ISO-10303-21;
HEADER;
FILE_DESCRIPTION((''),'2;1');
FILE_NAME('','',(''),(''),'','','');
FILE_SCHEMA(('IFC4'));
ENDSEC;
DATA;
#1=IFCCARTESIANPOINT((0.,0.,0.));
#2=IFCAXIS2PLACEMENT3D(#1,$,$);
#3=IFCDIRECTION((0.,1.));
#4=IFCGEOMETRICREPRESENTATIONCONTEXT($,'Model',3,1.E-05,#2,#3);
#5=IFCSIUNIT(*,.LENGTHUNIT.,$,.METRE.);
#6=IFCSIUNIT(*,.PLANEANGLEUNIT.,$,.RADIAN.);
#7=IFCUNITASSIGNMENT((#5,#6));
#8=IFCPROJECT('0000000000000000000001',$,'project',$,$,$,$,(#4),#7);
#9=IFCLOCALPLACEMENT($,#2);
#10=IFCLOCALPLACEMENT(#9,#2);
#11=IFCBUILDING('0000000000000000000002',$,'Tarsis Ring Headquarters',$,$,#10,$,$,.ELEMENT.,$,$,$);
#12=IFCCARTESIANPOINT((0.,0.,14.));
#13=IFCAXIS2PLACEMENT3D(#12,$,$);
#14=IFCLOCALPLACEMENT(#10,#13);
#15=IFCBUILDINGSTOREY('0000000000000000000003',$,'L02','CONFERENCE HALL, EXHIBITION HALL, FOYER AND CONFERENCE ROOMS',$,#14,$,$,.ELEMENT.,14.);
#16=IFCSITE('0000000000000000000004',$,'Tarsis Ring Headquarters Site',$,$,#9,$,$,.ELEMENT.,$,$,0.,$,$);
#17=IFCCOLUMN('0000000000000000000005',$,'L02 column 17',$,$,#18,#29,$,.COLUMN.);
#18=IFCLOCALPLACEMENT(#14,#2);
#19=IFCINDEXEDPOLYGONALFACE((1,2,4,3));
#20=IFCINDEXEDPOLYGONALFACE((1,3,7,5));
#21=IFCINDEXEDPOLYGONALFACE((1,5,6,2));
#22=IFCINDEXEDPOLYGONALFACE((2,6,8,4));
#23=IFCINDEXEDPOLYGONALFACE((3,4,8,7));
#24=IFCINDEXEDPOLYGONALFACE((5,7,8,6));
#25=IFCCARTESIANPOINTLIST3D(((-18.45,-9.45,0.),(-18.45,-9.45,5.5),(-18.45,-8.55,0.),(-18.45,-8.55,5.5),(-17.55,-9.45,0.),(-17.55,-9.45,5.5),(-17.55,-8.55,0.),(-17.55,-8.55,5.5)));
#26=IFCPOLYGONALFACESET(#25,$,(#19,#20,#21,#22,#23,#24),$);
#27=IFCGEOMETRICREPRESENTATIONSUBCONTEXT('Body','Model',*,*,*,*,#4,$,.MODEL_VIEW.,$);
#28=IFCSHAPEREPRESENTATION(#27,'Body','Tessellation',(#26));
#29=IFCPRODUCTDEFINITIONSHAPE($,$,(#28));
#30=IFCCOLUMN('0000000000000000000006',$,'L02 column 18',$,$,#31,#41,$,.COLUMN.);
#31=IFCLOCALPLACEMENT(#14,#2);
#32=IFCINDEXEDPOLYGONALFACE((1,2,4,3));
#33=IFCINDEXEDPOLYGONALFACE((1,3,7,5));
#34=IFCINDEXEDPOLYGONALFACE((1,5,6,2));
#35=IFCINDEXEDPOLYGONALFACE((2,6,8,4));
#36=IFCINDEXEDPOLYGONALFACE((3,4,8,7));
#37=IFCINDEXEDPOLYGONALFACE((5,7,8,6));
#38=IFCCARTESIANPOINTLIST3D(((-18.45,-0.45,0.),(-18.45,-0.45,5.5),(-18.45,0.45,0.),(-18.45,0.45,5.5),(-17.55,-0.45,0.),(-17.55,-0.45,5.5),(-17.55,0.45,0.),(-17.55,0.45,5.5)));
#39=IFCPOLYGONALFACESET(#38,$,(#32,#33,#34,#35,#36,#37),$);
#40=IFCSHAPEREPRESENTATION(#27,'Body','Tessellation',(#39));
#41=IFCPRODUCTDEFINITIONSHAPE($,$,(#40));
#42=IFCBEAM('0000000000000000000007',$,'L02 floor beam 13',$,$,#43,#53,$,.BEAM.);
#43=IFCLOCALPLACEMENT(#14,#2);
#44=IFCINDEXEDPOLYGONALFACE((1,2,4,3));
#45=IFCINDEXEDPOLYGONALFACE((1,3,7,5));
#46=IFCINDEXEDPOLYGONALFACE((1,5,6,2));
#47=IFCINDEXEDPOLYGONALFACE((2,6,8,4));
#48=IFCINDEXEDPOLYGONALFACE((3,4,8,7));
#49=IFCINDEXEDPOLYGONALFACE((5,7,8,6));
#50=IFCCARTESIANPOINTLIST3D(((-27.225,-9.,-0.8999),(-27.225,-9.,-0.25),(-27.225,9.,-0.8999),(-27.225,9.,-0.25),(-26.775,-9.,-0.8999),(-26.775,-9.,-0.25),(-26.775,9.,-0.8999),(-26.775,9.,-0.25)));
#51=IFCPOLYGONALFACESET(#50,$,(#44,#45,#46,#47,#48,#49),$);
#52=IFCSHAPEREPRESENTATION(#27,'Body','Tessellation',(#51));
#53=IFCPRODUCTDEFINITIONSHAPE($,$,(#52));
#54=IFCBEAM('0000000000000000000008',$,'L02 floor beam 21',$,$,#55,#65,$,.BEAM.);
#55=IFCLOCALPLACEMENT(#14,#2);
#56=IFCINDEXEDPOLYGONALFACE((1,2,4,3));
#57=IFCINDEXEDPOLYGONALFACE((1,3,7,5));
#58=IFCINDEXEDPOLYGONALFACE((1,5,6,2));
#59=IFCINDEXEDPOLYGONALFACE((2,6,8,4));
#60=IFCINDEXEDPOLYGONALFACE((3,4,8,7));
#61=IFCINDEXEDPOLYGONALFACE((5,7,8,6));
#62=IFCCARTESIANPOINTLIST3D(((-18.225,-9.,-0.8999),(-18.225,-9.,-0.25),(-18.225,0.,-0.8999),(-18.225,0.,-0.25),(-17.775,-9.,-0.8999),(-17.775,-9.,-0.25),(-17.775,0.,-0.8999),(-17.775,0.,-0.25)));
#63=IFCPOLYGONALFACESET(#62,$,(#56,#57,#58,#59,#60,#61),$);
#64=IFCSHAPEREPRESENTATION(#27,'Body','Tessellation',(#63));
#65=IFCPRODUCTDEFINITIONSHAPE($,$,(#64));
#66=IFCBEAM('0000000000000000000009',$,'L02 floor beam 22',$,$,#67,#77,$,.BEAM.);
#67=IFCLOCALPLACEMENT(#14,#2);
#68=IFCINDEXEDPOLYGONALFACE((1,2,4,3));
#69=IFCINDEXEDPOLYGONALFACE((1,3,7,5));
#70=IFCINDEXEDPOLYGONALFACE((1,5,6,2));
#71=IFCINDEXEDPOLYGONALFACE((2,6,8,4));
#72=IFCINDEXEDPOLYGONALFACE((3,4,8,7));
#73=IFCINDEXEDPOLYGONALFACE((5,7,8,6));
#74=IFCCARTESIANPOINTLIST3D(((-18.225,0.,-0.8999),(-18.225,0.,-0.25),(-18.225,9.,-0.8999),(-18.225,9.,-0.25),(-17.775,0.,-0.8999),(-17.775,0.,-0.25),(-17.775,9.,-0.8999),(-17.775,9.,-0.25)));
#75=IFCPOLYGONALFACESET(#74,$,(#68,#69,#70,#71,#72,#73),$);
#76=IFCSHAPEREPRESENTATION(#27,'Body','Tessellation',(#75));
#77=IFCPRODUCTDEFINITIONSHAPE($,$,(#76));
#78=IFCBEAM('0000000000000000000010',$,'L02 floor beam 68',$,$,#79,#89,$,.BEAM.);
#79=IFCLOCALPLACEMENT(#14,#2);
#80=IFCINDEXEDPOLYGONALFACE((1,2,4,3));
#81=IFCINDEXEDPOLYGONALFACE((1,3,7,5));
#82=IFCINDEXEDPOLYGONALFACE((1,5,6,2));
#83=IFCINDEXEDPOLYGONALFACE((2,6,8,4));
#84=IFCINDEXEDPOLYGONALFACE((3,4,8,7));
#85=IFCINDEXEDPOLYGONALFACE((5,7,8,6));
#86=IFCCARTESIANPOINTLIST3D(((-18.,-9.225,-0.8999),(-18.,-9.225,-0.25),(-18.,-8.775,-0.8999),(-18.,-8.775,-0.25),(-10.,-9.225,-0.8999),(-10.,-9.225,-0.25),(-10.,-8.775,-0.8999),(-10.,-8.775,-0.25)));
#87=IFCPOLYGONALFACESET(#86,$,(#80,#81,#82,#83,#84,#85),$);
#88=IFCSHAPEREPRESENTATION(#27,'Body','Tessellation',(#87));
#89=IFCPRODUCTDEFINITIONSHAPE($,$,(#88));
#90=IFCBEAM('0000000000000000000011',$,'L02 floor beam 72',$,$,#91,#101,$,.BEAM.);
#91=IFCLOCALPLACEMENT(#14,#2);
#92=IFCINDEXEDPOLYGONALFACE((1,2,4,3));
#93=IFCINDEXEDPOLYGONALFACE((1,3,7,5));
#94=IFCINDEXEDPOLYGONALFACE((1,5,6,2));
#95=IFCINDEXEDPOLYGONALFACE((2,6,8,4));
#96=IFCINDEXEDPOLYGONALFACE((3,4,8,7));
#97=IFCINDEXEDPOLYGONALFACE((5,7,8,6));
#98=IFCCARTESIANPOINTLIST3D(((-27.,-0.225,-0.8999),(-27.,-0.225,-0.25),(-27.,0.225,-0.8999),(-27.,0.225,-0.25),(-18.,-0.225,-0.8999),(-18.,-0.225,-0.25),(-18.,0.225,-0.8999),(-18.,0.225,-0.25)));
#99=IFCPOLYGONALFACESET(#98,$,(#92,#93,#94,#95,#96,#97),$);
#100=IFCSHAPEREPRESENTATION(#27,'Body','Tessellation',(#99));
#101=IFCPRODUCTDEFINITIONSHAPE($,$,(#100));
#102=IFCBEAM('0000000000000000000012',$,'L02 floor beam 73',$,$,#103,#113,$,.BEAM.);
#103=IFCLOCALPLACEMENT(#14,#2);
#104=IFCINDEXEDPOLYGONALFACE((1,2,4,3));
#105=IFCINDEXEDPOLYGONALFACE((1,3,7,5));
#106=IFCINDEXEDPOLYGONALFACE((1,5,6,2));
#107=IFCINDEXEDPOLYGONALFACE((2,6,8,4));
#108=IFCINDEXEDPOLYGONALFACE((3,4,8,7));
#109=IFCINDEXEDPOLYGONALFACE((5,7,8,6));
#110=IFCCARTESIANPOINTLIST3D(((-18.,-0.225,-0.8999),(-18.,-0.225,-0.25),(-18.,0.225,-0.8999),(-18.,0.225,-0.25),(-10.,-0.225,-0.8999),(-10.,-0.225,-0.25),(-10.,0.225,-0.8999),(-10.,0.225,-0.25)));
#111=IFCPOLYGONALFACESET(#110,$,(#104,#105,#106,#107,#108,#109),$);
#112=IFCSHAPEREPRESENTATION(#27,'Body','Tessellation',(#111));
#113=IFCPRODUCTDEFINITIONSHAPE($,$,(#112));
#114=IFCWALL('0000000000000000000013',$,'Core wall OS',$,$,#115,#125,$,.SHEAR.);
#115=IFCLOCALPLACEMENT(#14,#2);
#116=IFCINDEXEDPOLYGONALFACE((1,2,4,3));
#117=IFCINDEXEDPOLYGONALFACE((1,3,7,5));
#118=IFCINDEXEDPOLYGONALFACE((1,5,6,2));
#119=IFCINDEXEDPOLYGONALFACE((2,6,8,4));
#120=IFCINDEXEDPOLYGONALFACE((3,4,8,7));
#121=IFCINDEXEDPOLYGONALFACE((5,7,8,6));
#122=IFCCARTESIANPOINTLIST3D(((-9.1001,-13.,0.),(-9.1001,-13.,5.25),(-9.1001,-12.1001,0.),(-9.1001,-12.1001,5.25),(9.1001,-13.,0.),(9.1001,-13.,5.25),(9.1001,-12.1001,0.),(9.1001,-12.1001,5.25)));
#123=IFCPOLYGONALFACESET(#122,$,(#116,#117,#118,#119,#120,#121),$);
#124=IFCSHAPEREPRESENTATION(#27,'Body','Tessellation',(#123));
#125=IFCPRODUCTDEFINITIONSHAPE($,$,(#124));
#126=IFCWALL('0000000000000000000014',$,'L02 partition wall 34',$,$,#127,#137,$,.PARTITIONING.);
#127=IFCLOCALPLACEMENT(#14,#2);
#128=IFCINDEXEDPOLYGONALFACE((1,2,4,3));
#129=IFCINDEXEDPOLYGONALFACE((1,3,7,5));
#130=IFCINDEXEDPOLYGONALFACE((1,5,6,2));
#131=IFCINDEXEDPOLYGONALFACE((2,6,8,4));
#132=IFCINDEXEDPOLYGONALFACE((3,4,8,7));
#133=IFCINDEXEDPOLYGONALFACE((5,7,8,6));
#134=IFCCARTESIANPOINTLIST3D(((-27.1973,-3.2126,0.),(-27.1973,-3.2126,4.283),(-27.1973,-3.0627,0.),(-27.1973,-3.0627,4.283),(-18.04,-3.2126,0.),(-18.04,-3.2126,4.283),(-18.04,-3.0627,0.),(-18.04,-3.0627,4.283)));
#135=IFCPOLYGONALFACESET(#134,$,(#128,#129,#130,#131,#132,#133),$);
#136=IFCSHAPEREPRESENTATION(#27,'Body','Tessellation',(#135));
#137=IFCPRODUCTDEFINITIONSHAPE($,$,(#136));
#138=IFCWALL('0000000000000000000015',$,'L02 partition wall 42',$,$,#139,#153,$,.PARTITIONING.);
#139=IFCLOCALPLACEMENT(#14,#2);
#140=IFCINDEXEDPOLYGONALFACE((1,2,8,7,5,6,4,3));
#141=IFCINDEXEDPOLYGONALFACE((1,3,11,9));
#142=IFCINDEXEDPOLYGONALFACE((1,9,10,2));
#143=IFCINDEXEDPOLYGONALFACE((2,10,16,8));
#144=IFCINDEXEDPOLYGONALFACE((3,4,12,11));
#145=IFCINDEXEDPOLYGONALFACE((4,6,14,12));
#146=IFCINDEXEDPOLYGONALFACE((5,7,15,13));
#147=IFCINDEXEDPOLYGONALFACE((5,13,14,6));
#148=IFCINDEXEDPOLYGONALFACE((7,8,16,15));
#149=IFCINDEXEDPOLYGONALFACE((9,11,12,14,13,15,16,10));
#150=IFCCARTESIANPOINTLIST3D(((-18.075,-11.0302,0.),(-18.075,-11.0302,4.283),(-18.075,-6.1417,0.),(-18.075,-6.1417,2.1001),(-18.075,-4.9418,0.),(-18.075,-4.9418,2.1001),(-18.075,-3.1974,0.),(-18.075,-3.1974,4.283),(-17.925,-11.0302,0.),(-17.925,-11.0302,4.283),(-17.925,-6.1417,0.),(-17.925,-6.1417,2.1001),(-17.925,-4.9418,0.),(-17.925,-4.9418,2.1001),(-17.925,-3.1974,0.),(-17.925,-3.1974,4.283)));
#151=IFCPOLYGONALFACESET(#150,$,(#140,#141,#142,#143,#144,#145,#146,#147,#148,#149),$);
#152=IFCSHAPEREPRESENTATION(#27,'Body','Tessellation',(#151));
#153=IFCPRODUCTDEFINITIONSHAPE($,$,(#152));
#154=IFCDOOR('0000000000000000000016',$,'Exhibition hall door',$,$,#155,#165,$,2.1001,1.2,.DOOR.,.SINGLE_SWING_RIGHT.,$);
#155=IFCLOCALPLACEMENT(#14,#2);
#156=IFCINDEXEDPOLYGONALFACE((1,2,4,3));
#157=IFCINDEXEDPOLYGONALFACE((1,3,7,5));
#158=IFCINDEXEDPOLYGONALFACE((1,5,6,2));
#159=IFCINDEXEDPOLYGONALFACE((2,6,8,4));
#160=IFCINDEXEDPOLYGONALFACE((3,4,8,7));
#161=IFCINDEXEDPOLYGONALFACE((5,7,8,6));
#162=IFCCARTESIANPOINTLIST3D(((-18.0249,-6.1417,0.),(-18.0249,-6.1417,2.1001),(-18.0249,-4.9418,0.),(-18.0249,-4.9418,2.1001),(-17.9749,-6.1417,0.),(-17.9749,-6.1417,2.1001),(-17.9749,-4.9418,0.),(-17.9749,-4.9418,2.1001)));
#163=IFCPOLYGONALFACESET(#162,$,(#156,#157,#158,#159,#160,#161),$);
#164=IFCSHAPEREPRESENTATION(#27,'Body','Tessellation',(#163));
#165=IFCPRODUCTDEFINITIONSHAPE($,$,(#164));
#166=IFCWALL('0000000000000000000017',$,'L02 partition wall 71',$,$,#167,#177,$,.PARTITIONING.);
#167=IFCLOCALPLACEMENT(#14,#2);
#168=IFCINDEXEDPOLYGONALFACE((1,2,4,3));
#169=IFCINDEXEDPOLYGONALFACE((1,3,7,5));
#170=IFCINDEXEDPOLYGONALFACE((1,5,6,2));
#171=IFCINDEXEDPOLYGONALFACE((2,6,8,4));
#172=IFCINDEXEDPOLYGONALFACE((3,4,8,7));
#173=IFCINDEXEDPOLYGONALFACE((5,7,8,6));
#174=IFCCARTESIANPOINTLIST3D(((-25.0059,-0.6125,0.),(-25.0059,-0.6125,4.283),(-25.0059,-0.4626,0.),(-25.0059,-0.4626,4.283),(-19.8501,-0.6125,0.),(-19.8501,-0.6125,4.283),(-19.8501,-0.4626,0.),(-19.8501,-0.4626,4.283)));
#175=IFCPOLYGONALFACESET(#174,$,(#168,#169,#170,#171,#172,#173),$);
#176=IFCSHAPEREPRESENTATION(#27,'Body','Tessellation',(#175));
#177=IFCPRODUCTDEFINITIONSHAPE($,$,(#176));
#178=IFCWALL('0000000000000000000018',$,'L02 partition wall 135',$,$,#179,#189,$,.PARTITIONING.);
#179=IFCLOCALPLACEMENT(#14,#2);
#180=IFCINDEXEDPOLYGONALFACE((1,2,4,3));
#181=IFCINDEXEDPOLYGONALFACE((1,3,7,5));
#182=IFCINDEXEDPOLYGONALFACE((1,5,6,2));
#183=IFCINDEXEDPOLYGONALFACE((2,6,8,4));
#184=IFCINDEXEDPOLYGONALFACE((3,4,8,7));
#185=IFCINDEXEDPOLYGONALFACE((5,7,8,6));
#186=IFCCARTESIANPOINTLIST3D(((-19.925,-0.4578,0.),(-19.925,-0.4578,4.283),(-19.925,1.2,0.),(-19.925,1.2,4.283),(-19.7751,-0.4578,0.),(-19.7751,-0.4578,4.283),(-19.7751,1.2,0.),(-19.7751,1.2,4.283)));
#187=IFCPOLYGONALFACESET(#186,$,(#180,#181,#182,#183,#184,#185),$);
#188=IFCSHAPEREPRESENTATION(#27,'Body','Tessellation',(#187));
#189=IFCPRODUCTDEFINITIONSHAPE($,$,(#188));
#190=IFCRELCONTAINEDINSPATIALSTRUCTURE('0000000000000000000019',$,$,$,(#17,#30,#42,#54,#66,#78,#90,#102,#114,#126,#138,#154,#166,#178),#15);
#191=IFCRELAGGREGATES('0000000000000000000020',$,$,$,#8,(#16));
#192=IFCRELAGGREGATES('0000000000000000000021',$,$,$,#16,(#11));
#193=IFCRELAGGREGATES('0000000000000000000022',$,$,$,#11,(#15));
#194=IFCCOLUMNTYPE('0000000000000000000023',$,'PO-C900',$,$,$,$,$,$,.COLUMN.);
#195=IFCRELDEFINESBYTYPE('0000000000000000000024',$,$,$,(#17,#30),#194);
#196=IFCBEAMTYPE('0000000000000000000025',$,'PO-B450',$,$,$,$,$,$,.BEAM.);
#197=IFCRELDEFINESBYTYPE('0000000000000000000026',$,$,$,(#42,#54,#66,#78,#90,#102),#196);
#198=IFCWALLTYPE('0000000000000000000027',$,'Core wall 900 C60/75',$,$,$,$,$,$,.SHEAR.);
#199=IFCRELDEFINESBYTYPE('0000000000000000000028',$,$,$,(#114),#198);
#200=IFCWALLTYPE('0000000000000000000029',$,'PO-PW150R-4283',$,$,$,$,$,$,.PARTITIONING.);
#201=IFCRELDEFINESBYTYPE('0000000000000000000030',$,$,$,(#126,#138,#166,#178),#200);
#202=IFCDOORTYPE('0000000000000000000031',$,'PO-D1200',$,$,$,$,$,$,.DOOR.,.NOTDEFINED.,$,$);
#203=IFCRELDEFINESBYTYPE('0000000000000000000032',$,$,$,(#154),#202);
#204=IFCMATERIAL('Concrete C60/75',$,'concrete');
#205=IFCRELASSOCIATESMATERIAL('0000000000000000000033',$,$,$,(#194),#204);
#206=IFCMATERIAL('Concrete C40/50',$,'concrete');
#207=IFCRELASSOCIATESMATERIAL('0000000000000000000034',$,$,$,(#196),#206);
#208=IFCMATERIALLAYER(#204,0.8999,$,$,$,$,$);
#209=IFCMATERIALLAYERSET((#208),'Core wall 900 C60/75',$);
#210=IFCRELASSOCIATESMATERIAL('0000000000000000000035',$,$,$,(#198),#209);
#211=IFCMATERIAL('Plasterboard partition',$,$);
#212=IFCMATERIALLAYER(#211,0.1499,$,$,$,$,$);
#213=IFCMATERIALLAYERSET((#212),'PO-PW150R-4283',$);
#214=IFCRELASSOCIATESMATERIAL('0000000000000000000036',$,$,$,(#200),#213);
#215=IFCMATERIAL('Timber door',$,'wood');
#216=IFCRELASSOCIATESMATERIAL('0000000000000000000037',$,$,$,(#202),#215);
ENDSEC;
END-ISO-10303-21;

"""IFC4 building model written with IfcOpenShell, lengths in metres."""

from ifc_helpers import new_model, si_unit, direction, frame, frame_2d, origin, origin_2d, place, context, subcontext, project, spatial, rectangle, extrude, material, layer, layer_set, material_profile, profile_set, type_object, element, fill, save


model = new_model("IFC4")

# Units and contexts
model_context = context("Model", 3, precision=1e-05, world=origin(), true_north=direction((0.0, 1.0)))
body_context = subcontext(model_context, "Body", "Model", "MODEL_VIEW")
ifc_project = project(units=[si_unit("LENGTHUNIT", "METRE"), si_unit("PLANEANGLEUNIT", "RADIAN")], contexts=[model_context])

# Site, building, storey
site_placement = place(None, origin())
site = spatial("IfcSite", under=ifc_project, at=site_placement, Name="Tarsis Ring Headquarters Site", CompositionType="ELEMENT", RefElevation=0.0)
building_placement = place(site_placement, origin())
building = spatial("IfcBuilding", under=site, at=building_placement, Name="Tarsis Ring Headquarters", CompositionType="ELEMENT")
storey_placement = place(building_placement, frame((0.0, 0.0, 14.0)))
storey = spatial("IfcBuildingStorey", under=building, at=storey_placement, Name="L02", Description="CONFERENCE HALL, EXHIBITION HALL, FOYER AND CONFERENCE ROOMS", CompositionType="ELEMENT", Elevation=14.0)

# Columns
ifc_material_1 = material(Name="Concrete C60/75", Category="concrete")
ifc_material_profile_1 = material_profile(ifc_material_1, rectangle(XDim=0.8999, YDim=0.8999, at=origin_2d()), Name="PO-C900")
ifc_profile_set_1 = profile_set([ifc_material_profile_1], Name="Concrete C60/75")
column_type = type_object("IfcColumnType", Name="PO-C900", PredefinedType="COLUMN", material=ifc_profile_set_1)
for number, where, z_axis, x_axis, name in (
    (1, (-18.0, -9.0, 0.0), (0.0, 0.0, 1.0), (1.0, 0.0, 0.0), "L02 column 17"),
    (2, (-18.0, 0.0, 0.0), (0.0, 0.0, 1.0), (1.0, 0.0, 0.0), "L02 column 18"),
):
    element("IfcColumn", number, at=place(storey_placement, frame(where, z_axis=z_axis, x_axis=x_axis)), inside=storey, type_object=column_type, Name=name, PredefinedType="COLUMN", context=body_context, shape_type="SweptSolid", body=[
        extrude(rectangle(XDim=0.8999, YDim=0.8999, at=origin_2d()), origin(), (0.0, 0.0, 1.0), 5.5),
    ])

# Beams
ifc_material_2 = material(Name="Concrete C40/50", Category="concrete")
ifc_material_profile_2 = material_profile(ifc_material_2, rectangle(XDim=0.45, YDim=0.6499, at=origin_2d()), Name="PO-B450")
ifc_profile_set_2 = profile_set([ifc_material_profile_2], Name="Concrete C40/50")
beam_type = type_object("IfcBeamType", Name="PO-B450", PredefinedType="BEAM", material=ifc_profile_set_2)
beam_1_placement = place(storey_placement, frame((-27.0, -9.0, -0.575), z_axis=(0.0, 1.0, 0.0), x_axis=(-1.0, 0.0, 0.0)))
element("IfcBeam", 3, at=beam_1_placement, inside=storey, type_object=beam_type, Name="L02 floor beam 13", PredefinedType="BEAM", context=body_context, shape_type="SweptSolid", body=[
    extrude(rectangle(XDim=0.45, YDim=0.6499, at=origin_2d()), origin(), (0.0, 0.0, 1.0), 18.0),
])
for number, where, z_axis, x_axis, name in (
    (4, (-18.0, -9.0, -0.575), (0.0, 1.0, 0.0), (-1.0, 0.0, 0.0), "L02 floor beam 21"),
    (5, (-18.0, 0.0, -0.575), (0.0, 1.0, 0.0), (-1.0, 0.0, 0.0), "L02 floor beam 22"),
):
    element("IfcBeam", number, at=place(storey_placement, frame(where, z_axis=z_axis, x_axis=x_axis)), inside=storey, type_object=beam_type, Name=name, PredefinedType="BEAM", context=body_context, shape_type="SweptSolid", body=[
        extrude(rectangle(XDim=0.45, YDim=0.6499, at=origin_2d()), origin(), (0.0, 0.0, 1.0), 9.0),
    ])
beam_2_placement = place(storey_placement, frame((-18.0, -9.0, -0.575), z_axis=(1.0, 0.0, 0.0), x_axis=(0.0, 1.0, 0.0)))
element("IfcBeam", 6, at=beam_2_placement, inside=storey, type_object=beam_type, Name="L02 floor beam 68", PredefinedType="BEAM", context=body_context, shape_type="SweptSolid", body=[
    extrude(rectangle(XDim=0.45, YDim=0.6499, at=origin_2d()), origin(), (0.0, 0.0, 1.0), 8.0),
])
beam_3_placement = place(storey_placement, frame((-27.0, 0.0, -0.575), z_axis=(1.0, 0.0, 0.0), x_axis=(0.0, 1.0, 0.0)))
element("IfcBeam", 7, at=beam_3_placement, inside=storey, type_object=beam_type, Name="L02 floor beam 72", PredefinedType="BEAM", context=body_context, shape_type="SweptSolid", body=[
    extrude(rectangle(XDim=0.45, YDim=0.6499, at=origin_2d()), origin(), (0.0, 0.0, 1.0), 9.0),
])
beam_4_placement = place(storey_placement, frame((-18.0, 0.0, -0.575), z_axis=(1.0, 0.0, 0.0), x_axis=(0.0, 1.0, 0.0)))
element("IfcBeam", 8, at=beam_4_placement, inside=storey, type_object=beam_type, Name="L02 floor beam 73", PredefinedType="BEAM", context=body_context, shape_type="SweptSolid", body=[
    extrude(rectangle(XDim=0.45, YDim=0.6499, at=origin_2d()), origin(), (0.0, 0.0, 1.0), 8.0),
])

# Walls
ifc_layer_1 = layer(ifc_material_1, 0.8999)
ifc_layer_set_1 = layer_set([ifc_layer_1], Name="Core wall 900 C60/75")
wall_type_1 = type_object("IfcWallType", Name="Core wall 900 C60/75", PredefinedType="SHEAR", material=ifc_layer_set_1)
wall_1_placement = place(storey_placement, frame((-9.1001, -12.55, 0.0), z_axis=(0.0, 0.0, 1.0), x_axis=(1.0, 0.0, 0.0)))
element("IfcWall", 9, at=wall_1_placement, inside=storey, type_object=wall_type_1, Name="Core wall OS", PredefinedType="SHEAR", context=body_context, shape_type="SweptSolid", body=[
    extrude(rectangle(XDim=18.2002, YDim=0.8999, at=frame_2d((9.1001, 0.0))), origin(), (0.0, 0.0, 1.0), 5.25),
])
ifc_material_3 = material(Name="Plasterboard partition")
ifc_layer_2 = layer(ifc_material_3, 0.1499)
ifc_layer_set_2 = layer_set([ifc_layer_2], Name="PO-PW150R-4283")
wall_type_2 = type_object("IfcWallType", Name="PO-PW150R-4283", PredefinedType="PARTITIONING", material=ifc_layer_set_2)
wall_2_placement = place(storey_placement, frame((-18.04, -3.1377, 0.0), z_axis=(0.0, 0.0, 1.0), x_axis=(-1.0, 0.0, 0.0)))
element("IfcWall", 10, at=wall_2_placement, inside=storey, type_object=wall_type_2, Name="L02 partition wall 34", PredefinedType="PARTITIONING", context=body_context, shape_type="SweptSolid", body=[
    extrude(rectangle(XDim=9.1572, YDim=0.1499, at=frame_2d((4.5786, 0.0))), origin(), (0.0, 0.0, 1.0), 4.283),
])

# Wall, opening, door
wall_3_placement = place(storey_placement, frame((-18.0, -11.0303, 0.0), z_axis=(0.0, 0.0, 1.0), x_axis=(0.0, 1.0, 0.0)))
wall_3 = element("IfcWall", 11, at=wall_3_placement, inside=storey, type_object=wall_type_2, Name="L02 partition wall 42", PredefinedType="PARTITIONING", context=body_context, shape_type="SweptSolid", body=[
    extrude(rectangle(XDim=7.8328, YDim=0.1499, at=frame_2d((3.9165, 0.0))), origin(), (0.0, 0.0, 1.0), 4.283),
])
opening_1_placement = place(wall_3_placement, frame((4.8884, 0.0, 0.0)))
opening_1 = element("IfcOpeningElement", 12, at=opening_1_placement, cuts=wall_3, PredefinedType="OPENING", context=body_context, shape_type="SweptSolid", body=[
    extrude(rectangle(XDim=1.2, YDim=2.1001, at=frame_2d((0.6001, 1.05))), frame((0.0, 0.085, 0.0), z_axis=(0.0, -1.0, 0.0), x_axis=(1.0, 0.0, 0.0)), (0.0, 0.0, 1.0), 0.1699),
])
ifc_material_4 = material(Name="Timber door", Category="wood")
door_type_1 = type_object("IfcDoorType", Name="PO-D1200", OperationType="NOTDEFINED", PredefinedType="DOOR", material=ifc_material_4)
door_1_placement = place(opening_1_placement, origin())
door_1 = element("IfcDoor", 13, at=door_1_placement, inside=storey, type_object=door_type_1, Name="Exhibition hall door", OperationType="SINGLE_SWING_RIGHT", OverallHeight=2.1001, OverallWidth=1.2, PredefinedType="DOOR", context=body_context, shape_type="SweptSolid", body=[
    extrude(rectangle(XDim=1.2, YDim=2.1001, at=frame_2d((0.6001, 1.05))), frame((0.0, 0.0249, 0.0), z_axis=(0.0, -1.0, 0.0), x_axis=(1.0, 0.0, 0.0)), (0.0, 0.0, 1.0), 0.05),
])
fill(opening_1, door_1)

# Walls
wall_4_placement = place(storey_placement, frame((-25.0059, -0.5376, 0.0), z_axis=(0.0, 0.0, 1.0), x_axis=(1.0, 0.0, 0.0)))
element("IfcWall", 14, at=wall_4_placement, inside=storey, type_object=wall_type_2, Name="L02 partition wall 71", PredefinedType="PARTITIONING", context=body_context, shape_type="SweptSolid", body=[
    extrude(rectangle(XDim=5.1558, YDim=0.1499, at=frame_2d((2.5779, 0.0))), origin(), (0.0, 0.0, 1.0), 4.283),
])
wall_5_placement = place(storey_placement, frame((-19.8501, -0.4578, 0.0), z_axis=(0.0, 0.0, 1.0), x_axis=(0.0, 1.0, 0.0)))
element("IfcWall", 15, at=wall_5_placement, inside=storey, type_object=wall_type_2, Name="L02 partition wall 135", PredefinedType="PARTITIONING", context=body_context, shape_type="SweptSolid", body=[
    extrude(rectangle(XDim=1.6577, YDim=0.1499, at=frame_2d((0.8289, 0.0))), origin(), (0.0, 0.0, 1.0), 4.283),
])

save(model, "model.ifc")
